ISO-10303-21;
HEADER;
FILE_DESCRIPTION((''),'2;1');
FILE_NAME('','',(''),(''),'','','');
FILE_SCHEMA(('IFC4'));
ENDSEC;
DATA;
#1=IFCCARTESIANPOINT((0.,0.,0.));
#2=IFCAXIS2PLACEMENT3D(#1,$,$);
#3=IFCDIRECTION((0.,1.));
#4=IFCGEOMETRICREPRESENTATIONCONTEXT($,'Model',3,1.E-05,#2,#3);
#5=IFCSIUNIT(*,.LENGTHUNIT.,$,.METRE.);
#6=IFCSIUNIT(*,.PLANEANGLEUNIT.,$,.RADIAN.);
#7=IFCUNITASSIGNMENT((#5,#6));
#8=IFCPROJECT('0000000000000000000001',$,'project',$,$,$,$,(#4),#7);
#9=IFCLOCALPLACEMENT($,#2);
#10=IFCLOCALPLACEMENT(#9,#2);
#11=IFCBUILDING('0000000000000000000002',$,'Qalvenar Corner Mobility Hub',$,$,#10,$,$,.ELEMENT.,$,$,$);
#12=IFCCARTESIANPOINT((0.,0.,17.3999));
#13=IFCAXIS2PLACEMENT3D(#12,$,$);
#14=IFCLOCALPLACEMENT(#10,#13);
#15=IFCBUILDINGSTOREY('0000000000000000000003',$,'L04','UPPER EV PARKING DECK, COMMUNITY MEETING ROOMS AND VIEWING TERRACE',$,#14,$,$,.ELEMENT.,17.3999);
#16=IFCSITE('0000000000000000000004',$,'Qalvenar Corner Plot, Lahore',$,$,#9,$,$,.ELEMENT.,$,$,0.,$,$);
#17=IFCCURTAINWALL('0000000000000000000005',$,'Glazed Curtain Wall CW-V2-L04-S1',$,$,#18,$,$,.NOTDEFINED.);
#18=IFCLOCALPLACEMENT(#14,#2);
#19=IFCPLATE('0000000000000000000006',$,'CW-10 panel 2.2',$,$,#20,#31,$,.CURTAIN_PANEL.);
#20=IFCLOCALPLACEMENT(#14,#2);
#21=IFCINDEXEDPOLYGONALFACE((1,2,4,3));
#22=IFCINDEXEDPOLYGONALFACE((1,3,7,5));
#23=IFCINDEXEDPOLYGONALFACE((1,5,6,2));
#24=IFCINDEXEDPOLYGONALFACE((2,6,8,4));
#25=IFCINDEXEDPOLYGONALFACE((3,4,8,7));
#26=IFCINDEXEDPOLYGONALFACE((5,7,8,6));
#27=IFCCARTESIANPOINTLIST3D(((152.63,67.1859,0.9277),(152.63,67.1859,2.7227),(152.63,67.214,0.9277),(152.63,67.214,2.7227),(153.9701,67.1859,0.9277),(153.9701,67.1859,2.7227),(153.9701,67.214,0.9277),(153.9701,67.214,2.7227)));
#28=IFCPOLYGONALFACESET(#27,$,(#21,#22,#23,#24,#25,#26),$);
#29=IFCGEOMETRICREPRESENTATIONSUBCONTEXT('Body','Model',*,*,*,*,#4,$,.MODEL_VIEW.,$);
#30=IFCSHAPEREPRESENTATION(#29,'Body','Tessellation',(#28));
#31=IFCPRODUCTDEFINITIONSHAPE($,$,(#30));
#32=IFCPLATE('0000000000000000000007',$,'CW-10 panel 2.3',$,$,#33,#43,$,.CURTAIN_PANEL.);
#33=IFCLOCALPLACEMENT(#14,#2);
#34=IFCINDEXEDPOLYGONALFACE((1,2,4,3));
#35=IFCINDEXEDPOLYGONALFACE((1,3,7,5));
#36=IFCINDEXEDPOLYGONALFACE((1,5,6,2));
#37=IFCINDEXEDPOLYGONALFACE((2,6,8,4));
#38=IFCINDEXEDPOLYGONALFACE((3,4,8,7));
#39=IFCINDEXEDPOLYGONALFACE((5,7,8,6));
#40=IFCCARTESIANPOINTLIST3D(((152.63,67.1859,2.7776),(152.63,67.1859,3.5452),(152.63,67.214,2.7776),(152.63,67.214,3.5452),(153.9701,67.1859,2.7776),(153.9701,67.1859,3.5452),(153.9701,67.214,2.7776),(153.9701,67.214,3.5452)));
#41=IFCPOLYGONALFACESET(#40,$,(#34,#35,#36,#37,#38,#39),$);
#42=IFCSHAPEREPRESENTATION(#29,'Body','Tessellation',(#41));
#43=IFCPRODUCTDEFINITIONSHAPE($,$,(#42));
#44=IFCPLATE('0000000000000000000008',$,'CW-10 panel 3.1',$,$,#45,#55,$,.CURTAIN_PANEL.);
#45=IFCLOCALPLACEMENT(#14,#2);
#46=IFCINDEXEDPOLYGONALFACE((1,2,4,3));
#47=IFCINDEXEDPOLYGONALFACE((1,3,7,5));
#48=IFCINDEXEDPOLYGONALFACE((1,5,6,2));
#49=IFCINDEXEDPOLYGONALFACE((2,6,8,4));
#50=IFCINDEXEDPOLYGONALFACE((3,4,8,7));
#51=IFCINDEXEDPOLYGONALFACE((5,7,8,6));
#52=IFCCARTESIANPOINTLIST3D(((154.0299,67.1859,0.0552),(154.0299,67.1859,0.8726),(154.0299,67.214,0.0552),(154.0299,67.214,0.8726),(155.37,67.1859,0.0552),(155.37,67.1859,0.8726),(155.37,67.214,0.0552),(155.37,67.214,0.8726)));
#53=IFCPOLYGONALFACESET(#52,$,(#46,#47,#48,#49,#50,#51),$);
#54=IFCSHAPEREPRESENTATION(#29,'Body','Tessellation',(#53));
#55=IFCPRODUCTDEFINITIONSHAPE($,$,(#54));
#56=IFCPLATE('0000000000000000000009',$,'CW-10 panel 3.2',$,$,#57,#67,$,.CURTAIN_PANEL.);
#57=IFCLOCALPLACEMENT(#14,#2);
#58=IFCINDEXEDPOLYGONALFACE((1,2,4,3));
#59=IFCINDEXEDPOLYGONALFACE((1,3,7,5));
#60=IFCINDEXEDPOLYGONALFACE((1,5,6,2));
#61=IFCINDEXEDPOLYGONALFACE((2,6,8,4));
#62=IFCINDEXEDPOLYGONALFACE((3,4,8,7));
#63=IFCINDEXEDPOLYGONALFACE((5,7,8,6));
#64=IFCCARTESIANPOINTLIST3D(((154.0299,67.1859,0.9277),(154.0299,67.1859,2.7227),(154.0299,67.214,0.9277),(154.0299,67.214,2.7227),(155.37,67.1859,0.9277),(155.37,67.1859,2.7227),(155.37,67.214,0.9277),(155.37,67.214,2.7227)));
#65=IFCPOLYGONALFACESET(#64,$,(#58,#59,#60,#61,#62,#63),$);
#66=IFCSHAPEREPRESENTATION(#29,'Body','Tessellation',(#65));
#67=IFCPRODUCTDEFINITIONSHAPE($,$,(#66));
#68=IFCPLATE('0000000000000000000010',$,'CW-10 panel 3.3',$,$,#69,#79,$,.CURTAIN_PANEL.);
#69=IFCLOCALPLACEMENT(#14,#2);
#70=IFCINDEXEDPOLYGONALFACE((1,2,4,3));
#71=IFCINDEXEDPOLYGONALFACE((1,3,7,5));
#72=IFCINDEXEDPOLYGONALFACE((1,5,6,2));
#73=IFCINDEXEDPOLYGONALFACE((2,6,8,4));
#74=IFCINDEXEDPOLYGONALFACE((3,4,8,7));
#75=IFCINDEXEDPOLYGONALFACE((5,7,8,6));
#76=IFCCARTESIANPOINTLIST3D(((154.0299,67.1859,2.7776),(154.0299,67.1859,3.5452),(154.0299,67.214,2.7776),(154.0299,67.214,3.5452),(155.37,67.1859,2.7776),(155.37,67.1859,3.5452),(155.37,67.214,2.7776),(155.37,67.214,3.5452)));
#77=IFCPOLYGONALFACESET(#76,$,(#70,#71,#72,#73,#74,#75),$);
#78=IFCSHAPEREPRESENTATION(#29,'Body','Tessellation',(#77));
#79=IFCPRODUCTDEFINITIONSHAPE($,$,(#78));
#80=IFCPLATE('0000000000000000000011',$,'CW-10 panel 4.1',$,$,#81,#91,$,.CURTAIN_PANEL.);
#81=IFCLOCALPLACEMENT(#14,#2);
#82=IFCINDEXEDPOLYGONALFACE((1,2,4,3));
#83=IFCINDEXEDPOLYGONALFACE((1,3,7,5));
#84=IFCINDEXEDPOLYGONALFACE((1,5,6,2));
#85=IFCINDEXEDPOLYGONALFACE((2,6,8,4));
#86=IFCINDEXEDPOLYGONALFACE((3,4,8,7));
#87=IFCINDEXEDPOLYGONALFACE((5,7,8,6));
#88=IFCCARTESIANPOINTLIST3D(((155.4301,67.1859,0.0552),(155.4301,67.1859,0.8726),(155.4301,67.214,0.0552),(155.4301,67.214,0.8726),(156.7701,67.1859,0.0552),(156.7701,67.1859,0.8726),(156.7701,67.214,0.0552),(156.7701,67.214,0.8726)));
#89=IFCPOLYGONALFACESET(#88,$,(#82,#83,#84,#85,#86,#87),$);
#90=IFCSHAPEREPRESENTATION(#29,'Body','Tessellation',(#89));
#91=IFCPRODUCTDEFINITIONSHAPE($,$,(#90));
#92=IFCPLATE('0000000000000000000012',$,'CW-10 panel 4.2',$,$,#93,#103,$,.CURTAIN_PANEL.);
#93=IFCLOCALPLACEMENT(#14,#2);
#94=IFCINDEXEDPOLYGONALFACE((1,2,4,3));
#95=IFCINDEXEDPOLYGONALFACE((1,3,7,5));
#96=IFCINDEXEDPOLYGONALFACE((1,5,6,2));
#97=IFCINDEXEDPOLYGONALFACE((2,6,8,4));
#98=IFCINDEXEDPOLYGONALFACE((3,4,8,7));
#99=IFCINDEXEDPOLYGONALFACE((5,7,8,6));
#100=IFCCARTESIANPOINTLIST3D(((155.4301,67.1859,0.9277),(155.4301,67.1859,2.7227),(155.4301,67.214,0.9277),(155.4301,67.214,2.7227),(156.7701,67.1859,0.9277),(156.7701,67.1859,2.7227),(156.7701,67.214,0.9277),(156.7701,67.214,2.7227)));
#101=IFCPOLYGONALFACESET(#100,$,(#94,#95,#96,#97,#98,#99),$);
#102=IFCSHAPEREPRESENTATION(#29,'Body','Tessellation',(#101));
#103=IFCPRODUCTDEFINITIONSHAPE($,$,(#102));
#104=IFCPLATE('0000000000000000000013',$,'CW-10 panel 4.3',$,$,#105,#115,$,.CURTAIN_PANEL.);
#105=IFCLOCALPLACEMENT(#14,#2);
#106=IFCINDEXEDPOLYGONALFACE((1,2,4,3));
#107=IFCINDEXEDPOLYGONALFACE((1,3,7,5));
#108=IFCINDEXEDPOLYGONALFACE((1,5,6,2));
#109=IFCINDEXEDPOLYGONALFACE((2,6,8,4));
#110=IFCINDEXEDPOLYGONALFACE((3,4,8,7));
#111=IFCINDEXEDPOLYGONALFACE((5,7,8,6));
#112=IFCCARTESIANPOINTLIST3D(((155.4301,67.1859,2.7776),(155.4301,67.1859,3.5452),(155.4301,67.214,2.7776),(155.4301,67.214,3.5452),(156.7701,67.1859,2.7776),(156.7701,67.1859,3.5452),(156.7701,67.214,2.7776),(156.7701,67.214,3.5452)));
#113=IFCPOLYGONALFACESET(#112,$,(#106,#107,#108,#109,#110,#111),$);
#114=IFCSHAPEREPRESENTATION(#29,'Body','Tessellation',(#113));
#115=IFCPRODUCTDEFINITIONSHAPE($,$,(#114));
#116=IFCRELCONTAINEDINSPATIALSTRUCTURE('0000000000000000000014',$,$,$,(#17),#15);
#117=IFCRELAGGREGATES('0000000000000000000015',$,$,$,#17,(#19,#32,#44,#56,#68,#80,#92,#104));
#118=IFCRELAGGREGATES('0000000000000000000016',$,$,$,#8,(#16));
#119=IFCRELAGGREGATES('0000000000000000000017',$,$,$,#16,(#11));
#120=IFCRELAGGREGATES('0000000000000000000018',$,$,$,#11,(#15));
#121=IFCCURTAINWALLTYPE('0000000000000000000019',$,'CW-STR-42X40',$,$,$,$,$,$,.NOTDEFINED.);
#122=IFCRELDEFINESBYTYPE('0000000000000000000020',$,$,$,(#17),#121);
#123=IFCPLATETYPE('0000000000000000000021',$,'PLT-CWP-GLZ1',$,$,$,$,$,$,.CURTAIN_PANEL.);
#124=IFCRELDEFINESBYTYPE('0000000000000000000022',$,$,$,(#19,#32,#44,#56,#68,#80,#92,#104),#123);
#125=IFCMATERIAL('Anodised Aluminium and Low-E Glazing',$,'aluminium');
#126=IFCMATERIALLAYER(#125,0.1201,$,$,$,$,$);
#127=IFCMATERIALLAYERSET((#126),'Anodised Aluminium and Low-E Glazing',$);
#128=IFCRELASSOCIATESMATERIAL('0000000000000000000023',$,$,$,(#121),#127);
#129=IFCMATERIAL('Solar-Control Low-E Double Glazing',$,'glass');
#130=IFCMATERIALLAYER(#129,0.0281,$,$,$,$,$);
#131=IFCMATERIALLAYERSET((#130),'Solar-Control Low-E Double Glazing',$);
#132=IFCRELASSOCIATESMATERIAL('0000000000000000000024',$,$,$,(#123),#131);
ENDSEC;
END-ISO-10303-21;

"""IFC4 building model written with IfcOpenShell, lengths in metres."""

from ifc_helpers import new_model, si_unit, direction, frame, origin, origin_2d, place, context, subcontext, project, spatial, rectangle, extrude, material, layer, layer_set, type_object, element, aggregate, save


model = new_model("IFC4")

# Units and contexts
model_context = context("Model", 3, precision=1e-05, world=origin(), true_north=direction((0.0, 1.0)))
body_context = subcontext(model_context, "Body", "Model", "MODEL_VIEW")
ifc_project = project(units=[si_unit("LENGTHUNIT", "METRE"), si_unit("PLANEANGLEUNIT", "RADIAN")], contexts=[model_context])

# Site, building, storey
site_placement = place(None, origin())
site = spatial("IfcSite", under=ifc_project, at=site_placement, Name="Qalvenar Corner Plot, Lahore", CompositionType="ELEMENT", RefElevation=0.0)
building_placement = place(site_placement, origin())
building = spatial("IfcBuilding", under=site, at=building_placement, Name="Qalvenar Corner Mobility Hub", CompositionType="ELEMENT")
storey_placement = place(building_placement, frame((0.0, 0.0, 17.3999)))
storey = spatial("IfcBuildingStorey", under=building, at=storey_placement, Name="L04", Description="UPPER EV PARKING DECK, COMMUNITY MEETING ROOMS AND VIEWING TERRACE", CompositionType="ELEMENT", Elevation=17.3999)

# Curtain wall, plates
ifc_material_1 = material(Name="Anodised Aluminium and Low-E Glazing", Category="aluminium")
ifc_layer_1 = layer(ifc_material_1, 0.1201)
ifc_layer_set_1 = layer_set([ifc_layer_1], Name="Anodised Aluminium and Low-E Glazing")
curtain_wall_type = type_object("IfcCurtainWallType", Name="CW-STR-42X40", PredefinedType="NOTDEFINED", material=ifc_layer_set_1)
curtain_wall_placement = place(storey_placement, origin())
curtain_wall = element("IfcCurtainWall", 1, at=curtain_wall_placement, inside=storey, type_object=curtain_wall_type, Name="Glazed Curtain Wall CW-V2-L04-S1", PredefinedType="NOTDEFINED")
ifc_material_2 = material(Name="Solar-Control Low-E Double Glazing", Category="glass")
ifc_layer_2 = layer(ifc_material_2, 0.0281)
ifc_layer_set_2 = layer_set([ifc_layer_2], Name="Solar-Control Low-E Double Glazing")
plate_type = type_object("IfcPlateType", Name="PLT-CWP-GLZ1", PredefinedType="CURTAIN_PANEL", material=ifc_layer_set_2)
plate_1_placement = place(storey_placement, frame((153.3, 67.2, 0.9277), z_axis=(0.0, 0.0, 1.0), x_axis=(1.0, 0.0, 0.0)))
plate_1 = element("IfcPlate", 2, at=plate_1_placement, type_object=plate_type, Name="CW-10 panel 2.2", PredefinedType="CURTAIN_PANEL", context=body_context, shape_type="SweptSolid", body=[
    extrude(rectangle(XDim=1.3401, YDim=0.0281, at=origin_2d()), origin(), (0.0, 0.0, 1.0), 1.7949),
])
plate_2_placement = place(storey_placement, frame((153.3, 67.2, 2.7776), z_axis=(0.0, 0.0, 1.0), x_axis=(1.0, 0.0, 0.0)))
plate_2 = element("IfcPlate", 3, at=plate_2_placement, type_object=plate_type, Name="CW-10 panel 2.3", PredefinedType="CURTAIN_PANEL", context=body_context, shape_type="SweptSolid", body=[
    extrude(rectangle(XDim=1.3401, YDim=0.0281, at=origin_2d()), origin(), (0.0, 0.0, 1.0), 0.7676),
])
plate_3_placement = place(storey_placement, frame((154.7, 67.2, 0.0552), z_axis=(0.0, 0.0, 1.0), x_axis=(1.0, 0.0, 0.0)))
plate_3 = element("IfcPlate", 4, at=plate_3_placement, type_object=plate_type, Name="CW-10 panel 3.1", PredefinedType="CURTAIN_PANEL", context=body_context, shape_type="SweptSolid", body=[
    extrude(rectangle(XDim=1.3401, YDim=0.0281, at=origin_2d()), origin(), (0.0, 0.0, 1.0), 0.8174),
])
plate_4_placement = place(storey_placement, frame((154.7, 67.2, 0.9277), z_axis=(0.0, 0.0, 1.0), x_axis=(1.0, 0.0, 0.0)))
plate_4 = element("IfcPlate", 5, at=plate_4_placement, type_object=plate_type, Name="CW-10 panel 3.2", PredefinedType="CURTAIN_PANEL", context=body_context, shape_type="SweptSolid", body=[
    extrude(rectangle(XDim=1.3401, YDim=0.0281, at=origin_2d()), origin(), (0.0, 0.0, 1.0), 1.7949),
])
plate_5_placement = place(storey_placement, frame((154.7, 67.2, 2.7776), z_axis=(0.0, 0.0, 1.0), x_axis=(1.0, 0.0, 0.0)))
plate_5 = element("IfcPlate", 6, at=plate_5_placement, type_object=plate_type, Name="CW-10 panel 3.3", PredefinedType="CURTAIN_PANEL", context=body_context, shape_type="SweptSolid", body=[
    extrude(rectangle(XDim=1.3401, YDim=0.0281, at=origin_2d()), origin(), (0.0, 0.0, 1.0), 0.7676),
])
plate_6_placement = place(storey_placement, frame((156.1001, 67.2, 0.0552), z_axis=(0.0, 0.0, 1.0), x_axis=(1.0, 0.0, 0.0)))
plate_6 = element("IfcPlate", 7, at=plate_6_placement, type_object=plate_type, Name="CW-10 panel 4.1", PredefinedType="CURTAIN_PANEL", context=body_context, shape_type="SweptSolid", body=[
    extrude(rectangle(XDim=1.3401, YDim=0.0281, at=origin_2d()), origin(), (0.0, 0.0, 1.0), 0.8174),
])
plate_7_placement = place(storey_placement, frame((156.1001, 67.2, 0.9277), z_axis=(0.0, 0.0, 1.0), x_axis=(1.0, 0.0, 0.0)))
plate_7 = element("IfcPlate", 8, at=plate_7_placement, type_object=plate_type, Name="CW-10 panel 4.2", PredefinedType="CURTAIN_PANEL", context=body_context, shape_type="SweptSolid", body=[
    extrude(rectangle(XDim=1.3401, YDim=0.0281, at=origin_2d()), origin(), (0.0, 0.0, 1.0), 1.7949),
])
plate_8_placement = place(storey_placement, frame((156.1001, 67.2, 2.7776), z_axis=(0.0, 0.0, 1.0), x_axis=(1.0, 0.0, 0.0)))
plate_8 = element("IfcPlate", 9, at=plate_8_placement, type_object=plate_type, Name="CW-10 panel 4.3", PredefinedType="CURTAIN_PANEL", context=body_context, shape_type="SweptSolid", body=[
    extrude(rectangle(XDim=1.3401, YDim=0.0281, at=origin_2d()), origin(), (0.0, 0.0, 1.0), 0.7676),
])
aggregate(curtain_wall, [plate_1, plate_2, plate_3, plate_4, plate_5, plate_6, plate_7, plate_8])

save(model, "model.ifc")
